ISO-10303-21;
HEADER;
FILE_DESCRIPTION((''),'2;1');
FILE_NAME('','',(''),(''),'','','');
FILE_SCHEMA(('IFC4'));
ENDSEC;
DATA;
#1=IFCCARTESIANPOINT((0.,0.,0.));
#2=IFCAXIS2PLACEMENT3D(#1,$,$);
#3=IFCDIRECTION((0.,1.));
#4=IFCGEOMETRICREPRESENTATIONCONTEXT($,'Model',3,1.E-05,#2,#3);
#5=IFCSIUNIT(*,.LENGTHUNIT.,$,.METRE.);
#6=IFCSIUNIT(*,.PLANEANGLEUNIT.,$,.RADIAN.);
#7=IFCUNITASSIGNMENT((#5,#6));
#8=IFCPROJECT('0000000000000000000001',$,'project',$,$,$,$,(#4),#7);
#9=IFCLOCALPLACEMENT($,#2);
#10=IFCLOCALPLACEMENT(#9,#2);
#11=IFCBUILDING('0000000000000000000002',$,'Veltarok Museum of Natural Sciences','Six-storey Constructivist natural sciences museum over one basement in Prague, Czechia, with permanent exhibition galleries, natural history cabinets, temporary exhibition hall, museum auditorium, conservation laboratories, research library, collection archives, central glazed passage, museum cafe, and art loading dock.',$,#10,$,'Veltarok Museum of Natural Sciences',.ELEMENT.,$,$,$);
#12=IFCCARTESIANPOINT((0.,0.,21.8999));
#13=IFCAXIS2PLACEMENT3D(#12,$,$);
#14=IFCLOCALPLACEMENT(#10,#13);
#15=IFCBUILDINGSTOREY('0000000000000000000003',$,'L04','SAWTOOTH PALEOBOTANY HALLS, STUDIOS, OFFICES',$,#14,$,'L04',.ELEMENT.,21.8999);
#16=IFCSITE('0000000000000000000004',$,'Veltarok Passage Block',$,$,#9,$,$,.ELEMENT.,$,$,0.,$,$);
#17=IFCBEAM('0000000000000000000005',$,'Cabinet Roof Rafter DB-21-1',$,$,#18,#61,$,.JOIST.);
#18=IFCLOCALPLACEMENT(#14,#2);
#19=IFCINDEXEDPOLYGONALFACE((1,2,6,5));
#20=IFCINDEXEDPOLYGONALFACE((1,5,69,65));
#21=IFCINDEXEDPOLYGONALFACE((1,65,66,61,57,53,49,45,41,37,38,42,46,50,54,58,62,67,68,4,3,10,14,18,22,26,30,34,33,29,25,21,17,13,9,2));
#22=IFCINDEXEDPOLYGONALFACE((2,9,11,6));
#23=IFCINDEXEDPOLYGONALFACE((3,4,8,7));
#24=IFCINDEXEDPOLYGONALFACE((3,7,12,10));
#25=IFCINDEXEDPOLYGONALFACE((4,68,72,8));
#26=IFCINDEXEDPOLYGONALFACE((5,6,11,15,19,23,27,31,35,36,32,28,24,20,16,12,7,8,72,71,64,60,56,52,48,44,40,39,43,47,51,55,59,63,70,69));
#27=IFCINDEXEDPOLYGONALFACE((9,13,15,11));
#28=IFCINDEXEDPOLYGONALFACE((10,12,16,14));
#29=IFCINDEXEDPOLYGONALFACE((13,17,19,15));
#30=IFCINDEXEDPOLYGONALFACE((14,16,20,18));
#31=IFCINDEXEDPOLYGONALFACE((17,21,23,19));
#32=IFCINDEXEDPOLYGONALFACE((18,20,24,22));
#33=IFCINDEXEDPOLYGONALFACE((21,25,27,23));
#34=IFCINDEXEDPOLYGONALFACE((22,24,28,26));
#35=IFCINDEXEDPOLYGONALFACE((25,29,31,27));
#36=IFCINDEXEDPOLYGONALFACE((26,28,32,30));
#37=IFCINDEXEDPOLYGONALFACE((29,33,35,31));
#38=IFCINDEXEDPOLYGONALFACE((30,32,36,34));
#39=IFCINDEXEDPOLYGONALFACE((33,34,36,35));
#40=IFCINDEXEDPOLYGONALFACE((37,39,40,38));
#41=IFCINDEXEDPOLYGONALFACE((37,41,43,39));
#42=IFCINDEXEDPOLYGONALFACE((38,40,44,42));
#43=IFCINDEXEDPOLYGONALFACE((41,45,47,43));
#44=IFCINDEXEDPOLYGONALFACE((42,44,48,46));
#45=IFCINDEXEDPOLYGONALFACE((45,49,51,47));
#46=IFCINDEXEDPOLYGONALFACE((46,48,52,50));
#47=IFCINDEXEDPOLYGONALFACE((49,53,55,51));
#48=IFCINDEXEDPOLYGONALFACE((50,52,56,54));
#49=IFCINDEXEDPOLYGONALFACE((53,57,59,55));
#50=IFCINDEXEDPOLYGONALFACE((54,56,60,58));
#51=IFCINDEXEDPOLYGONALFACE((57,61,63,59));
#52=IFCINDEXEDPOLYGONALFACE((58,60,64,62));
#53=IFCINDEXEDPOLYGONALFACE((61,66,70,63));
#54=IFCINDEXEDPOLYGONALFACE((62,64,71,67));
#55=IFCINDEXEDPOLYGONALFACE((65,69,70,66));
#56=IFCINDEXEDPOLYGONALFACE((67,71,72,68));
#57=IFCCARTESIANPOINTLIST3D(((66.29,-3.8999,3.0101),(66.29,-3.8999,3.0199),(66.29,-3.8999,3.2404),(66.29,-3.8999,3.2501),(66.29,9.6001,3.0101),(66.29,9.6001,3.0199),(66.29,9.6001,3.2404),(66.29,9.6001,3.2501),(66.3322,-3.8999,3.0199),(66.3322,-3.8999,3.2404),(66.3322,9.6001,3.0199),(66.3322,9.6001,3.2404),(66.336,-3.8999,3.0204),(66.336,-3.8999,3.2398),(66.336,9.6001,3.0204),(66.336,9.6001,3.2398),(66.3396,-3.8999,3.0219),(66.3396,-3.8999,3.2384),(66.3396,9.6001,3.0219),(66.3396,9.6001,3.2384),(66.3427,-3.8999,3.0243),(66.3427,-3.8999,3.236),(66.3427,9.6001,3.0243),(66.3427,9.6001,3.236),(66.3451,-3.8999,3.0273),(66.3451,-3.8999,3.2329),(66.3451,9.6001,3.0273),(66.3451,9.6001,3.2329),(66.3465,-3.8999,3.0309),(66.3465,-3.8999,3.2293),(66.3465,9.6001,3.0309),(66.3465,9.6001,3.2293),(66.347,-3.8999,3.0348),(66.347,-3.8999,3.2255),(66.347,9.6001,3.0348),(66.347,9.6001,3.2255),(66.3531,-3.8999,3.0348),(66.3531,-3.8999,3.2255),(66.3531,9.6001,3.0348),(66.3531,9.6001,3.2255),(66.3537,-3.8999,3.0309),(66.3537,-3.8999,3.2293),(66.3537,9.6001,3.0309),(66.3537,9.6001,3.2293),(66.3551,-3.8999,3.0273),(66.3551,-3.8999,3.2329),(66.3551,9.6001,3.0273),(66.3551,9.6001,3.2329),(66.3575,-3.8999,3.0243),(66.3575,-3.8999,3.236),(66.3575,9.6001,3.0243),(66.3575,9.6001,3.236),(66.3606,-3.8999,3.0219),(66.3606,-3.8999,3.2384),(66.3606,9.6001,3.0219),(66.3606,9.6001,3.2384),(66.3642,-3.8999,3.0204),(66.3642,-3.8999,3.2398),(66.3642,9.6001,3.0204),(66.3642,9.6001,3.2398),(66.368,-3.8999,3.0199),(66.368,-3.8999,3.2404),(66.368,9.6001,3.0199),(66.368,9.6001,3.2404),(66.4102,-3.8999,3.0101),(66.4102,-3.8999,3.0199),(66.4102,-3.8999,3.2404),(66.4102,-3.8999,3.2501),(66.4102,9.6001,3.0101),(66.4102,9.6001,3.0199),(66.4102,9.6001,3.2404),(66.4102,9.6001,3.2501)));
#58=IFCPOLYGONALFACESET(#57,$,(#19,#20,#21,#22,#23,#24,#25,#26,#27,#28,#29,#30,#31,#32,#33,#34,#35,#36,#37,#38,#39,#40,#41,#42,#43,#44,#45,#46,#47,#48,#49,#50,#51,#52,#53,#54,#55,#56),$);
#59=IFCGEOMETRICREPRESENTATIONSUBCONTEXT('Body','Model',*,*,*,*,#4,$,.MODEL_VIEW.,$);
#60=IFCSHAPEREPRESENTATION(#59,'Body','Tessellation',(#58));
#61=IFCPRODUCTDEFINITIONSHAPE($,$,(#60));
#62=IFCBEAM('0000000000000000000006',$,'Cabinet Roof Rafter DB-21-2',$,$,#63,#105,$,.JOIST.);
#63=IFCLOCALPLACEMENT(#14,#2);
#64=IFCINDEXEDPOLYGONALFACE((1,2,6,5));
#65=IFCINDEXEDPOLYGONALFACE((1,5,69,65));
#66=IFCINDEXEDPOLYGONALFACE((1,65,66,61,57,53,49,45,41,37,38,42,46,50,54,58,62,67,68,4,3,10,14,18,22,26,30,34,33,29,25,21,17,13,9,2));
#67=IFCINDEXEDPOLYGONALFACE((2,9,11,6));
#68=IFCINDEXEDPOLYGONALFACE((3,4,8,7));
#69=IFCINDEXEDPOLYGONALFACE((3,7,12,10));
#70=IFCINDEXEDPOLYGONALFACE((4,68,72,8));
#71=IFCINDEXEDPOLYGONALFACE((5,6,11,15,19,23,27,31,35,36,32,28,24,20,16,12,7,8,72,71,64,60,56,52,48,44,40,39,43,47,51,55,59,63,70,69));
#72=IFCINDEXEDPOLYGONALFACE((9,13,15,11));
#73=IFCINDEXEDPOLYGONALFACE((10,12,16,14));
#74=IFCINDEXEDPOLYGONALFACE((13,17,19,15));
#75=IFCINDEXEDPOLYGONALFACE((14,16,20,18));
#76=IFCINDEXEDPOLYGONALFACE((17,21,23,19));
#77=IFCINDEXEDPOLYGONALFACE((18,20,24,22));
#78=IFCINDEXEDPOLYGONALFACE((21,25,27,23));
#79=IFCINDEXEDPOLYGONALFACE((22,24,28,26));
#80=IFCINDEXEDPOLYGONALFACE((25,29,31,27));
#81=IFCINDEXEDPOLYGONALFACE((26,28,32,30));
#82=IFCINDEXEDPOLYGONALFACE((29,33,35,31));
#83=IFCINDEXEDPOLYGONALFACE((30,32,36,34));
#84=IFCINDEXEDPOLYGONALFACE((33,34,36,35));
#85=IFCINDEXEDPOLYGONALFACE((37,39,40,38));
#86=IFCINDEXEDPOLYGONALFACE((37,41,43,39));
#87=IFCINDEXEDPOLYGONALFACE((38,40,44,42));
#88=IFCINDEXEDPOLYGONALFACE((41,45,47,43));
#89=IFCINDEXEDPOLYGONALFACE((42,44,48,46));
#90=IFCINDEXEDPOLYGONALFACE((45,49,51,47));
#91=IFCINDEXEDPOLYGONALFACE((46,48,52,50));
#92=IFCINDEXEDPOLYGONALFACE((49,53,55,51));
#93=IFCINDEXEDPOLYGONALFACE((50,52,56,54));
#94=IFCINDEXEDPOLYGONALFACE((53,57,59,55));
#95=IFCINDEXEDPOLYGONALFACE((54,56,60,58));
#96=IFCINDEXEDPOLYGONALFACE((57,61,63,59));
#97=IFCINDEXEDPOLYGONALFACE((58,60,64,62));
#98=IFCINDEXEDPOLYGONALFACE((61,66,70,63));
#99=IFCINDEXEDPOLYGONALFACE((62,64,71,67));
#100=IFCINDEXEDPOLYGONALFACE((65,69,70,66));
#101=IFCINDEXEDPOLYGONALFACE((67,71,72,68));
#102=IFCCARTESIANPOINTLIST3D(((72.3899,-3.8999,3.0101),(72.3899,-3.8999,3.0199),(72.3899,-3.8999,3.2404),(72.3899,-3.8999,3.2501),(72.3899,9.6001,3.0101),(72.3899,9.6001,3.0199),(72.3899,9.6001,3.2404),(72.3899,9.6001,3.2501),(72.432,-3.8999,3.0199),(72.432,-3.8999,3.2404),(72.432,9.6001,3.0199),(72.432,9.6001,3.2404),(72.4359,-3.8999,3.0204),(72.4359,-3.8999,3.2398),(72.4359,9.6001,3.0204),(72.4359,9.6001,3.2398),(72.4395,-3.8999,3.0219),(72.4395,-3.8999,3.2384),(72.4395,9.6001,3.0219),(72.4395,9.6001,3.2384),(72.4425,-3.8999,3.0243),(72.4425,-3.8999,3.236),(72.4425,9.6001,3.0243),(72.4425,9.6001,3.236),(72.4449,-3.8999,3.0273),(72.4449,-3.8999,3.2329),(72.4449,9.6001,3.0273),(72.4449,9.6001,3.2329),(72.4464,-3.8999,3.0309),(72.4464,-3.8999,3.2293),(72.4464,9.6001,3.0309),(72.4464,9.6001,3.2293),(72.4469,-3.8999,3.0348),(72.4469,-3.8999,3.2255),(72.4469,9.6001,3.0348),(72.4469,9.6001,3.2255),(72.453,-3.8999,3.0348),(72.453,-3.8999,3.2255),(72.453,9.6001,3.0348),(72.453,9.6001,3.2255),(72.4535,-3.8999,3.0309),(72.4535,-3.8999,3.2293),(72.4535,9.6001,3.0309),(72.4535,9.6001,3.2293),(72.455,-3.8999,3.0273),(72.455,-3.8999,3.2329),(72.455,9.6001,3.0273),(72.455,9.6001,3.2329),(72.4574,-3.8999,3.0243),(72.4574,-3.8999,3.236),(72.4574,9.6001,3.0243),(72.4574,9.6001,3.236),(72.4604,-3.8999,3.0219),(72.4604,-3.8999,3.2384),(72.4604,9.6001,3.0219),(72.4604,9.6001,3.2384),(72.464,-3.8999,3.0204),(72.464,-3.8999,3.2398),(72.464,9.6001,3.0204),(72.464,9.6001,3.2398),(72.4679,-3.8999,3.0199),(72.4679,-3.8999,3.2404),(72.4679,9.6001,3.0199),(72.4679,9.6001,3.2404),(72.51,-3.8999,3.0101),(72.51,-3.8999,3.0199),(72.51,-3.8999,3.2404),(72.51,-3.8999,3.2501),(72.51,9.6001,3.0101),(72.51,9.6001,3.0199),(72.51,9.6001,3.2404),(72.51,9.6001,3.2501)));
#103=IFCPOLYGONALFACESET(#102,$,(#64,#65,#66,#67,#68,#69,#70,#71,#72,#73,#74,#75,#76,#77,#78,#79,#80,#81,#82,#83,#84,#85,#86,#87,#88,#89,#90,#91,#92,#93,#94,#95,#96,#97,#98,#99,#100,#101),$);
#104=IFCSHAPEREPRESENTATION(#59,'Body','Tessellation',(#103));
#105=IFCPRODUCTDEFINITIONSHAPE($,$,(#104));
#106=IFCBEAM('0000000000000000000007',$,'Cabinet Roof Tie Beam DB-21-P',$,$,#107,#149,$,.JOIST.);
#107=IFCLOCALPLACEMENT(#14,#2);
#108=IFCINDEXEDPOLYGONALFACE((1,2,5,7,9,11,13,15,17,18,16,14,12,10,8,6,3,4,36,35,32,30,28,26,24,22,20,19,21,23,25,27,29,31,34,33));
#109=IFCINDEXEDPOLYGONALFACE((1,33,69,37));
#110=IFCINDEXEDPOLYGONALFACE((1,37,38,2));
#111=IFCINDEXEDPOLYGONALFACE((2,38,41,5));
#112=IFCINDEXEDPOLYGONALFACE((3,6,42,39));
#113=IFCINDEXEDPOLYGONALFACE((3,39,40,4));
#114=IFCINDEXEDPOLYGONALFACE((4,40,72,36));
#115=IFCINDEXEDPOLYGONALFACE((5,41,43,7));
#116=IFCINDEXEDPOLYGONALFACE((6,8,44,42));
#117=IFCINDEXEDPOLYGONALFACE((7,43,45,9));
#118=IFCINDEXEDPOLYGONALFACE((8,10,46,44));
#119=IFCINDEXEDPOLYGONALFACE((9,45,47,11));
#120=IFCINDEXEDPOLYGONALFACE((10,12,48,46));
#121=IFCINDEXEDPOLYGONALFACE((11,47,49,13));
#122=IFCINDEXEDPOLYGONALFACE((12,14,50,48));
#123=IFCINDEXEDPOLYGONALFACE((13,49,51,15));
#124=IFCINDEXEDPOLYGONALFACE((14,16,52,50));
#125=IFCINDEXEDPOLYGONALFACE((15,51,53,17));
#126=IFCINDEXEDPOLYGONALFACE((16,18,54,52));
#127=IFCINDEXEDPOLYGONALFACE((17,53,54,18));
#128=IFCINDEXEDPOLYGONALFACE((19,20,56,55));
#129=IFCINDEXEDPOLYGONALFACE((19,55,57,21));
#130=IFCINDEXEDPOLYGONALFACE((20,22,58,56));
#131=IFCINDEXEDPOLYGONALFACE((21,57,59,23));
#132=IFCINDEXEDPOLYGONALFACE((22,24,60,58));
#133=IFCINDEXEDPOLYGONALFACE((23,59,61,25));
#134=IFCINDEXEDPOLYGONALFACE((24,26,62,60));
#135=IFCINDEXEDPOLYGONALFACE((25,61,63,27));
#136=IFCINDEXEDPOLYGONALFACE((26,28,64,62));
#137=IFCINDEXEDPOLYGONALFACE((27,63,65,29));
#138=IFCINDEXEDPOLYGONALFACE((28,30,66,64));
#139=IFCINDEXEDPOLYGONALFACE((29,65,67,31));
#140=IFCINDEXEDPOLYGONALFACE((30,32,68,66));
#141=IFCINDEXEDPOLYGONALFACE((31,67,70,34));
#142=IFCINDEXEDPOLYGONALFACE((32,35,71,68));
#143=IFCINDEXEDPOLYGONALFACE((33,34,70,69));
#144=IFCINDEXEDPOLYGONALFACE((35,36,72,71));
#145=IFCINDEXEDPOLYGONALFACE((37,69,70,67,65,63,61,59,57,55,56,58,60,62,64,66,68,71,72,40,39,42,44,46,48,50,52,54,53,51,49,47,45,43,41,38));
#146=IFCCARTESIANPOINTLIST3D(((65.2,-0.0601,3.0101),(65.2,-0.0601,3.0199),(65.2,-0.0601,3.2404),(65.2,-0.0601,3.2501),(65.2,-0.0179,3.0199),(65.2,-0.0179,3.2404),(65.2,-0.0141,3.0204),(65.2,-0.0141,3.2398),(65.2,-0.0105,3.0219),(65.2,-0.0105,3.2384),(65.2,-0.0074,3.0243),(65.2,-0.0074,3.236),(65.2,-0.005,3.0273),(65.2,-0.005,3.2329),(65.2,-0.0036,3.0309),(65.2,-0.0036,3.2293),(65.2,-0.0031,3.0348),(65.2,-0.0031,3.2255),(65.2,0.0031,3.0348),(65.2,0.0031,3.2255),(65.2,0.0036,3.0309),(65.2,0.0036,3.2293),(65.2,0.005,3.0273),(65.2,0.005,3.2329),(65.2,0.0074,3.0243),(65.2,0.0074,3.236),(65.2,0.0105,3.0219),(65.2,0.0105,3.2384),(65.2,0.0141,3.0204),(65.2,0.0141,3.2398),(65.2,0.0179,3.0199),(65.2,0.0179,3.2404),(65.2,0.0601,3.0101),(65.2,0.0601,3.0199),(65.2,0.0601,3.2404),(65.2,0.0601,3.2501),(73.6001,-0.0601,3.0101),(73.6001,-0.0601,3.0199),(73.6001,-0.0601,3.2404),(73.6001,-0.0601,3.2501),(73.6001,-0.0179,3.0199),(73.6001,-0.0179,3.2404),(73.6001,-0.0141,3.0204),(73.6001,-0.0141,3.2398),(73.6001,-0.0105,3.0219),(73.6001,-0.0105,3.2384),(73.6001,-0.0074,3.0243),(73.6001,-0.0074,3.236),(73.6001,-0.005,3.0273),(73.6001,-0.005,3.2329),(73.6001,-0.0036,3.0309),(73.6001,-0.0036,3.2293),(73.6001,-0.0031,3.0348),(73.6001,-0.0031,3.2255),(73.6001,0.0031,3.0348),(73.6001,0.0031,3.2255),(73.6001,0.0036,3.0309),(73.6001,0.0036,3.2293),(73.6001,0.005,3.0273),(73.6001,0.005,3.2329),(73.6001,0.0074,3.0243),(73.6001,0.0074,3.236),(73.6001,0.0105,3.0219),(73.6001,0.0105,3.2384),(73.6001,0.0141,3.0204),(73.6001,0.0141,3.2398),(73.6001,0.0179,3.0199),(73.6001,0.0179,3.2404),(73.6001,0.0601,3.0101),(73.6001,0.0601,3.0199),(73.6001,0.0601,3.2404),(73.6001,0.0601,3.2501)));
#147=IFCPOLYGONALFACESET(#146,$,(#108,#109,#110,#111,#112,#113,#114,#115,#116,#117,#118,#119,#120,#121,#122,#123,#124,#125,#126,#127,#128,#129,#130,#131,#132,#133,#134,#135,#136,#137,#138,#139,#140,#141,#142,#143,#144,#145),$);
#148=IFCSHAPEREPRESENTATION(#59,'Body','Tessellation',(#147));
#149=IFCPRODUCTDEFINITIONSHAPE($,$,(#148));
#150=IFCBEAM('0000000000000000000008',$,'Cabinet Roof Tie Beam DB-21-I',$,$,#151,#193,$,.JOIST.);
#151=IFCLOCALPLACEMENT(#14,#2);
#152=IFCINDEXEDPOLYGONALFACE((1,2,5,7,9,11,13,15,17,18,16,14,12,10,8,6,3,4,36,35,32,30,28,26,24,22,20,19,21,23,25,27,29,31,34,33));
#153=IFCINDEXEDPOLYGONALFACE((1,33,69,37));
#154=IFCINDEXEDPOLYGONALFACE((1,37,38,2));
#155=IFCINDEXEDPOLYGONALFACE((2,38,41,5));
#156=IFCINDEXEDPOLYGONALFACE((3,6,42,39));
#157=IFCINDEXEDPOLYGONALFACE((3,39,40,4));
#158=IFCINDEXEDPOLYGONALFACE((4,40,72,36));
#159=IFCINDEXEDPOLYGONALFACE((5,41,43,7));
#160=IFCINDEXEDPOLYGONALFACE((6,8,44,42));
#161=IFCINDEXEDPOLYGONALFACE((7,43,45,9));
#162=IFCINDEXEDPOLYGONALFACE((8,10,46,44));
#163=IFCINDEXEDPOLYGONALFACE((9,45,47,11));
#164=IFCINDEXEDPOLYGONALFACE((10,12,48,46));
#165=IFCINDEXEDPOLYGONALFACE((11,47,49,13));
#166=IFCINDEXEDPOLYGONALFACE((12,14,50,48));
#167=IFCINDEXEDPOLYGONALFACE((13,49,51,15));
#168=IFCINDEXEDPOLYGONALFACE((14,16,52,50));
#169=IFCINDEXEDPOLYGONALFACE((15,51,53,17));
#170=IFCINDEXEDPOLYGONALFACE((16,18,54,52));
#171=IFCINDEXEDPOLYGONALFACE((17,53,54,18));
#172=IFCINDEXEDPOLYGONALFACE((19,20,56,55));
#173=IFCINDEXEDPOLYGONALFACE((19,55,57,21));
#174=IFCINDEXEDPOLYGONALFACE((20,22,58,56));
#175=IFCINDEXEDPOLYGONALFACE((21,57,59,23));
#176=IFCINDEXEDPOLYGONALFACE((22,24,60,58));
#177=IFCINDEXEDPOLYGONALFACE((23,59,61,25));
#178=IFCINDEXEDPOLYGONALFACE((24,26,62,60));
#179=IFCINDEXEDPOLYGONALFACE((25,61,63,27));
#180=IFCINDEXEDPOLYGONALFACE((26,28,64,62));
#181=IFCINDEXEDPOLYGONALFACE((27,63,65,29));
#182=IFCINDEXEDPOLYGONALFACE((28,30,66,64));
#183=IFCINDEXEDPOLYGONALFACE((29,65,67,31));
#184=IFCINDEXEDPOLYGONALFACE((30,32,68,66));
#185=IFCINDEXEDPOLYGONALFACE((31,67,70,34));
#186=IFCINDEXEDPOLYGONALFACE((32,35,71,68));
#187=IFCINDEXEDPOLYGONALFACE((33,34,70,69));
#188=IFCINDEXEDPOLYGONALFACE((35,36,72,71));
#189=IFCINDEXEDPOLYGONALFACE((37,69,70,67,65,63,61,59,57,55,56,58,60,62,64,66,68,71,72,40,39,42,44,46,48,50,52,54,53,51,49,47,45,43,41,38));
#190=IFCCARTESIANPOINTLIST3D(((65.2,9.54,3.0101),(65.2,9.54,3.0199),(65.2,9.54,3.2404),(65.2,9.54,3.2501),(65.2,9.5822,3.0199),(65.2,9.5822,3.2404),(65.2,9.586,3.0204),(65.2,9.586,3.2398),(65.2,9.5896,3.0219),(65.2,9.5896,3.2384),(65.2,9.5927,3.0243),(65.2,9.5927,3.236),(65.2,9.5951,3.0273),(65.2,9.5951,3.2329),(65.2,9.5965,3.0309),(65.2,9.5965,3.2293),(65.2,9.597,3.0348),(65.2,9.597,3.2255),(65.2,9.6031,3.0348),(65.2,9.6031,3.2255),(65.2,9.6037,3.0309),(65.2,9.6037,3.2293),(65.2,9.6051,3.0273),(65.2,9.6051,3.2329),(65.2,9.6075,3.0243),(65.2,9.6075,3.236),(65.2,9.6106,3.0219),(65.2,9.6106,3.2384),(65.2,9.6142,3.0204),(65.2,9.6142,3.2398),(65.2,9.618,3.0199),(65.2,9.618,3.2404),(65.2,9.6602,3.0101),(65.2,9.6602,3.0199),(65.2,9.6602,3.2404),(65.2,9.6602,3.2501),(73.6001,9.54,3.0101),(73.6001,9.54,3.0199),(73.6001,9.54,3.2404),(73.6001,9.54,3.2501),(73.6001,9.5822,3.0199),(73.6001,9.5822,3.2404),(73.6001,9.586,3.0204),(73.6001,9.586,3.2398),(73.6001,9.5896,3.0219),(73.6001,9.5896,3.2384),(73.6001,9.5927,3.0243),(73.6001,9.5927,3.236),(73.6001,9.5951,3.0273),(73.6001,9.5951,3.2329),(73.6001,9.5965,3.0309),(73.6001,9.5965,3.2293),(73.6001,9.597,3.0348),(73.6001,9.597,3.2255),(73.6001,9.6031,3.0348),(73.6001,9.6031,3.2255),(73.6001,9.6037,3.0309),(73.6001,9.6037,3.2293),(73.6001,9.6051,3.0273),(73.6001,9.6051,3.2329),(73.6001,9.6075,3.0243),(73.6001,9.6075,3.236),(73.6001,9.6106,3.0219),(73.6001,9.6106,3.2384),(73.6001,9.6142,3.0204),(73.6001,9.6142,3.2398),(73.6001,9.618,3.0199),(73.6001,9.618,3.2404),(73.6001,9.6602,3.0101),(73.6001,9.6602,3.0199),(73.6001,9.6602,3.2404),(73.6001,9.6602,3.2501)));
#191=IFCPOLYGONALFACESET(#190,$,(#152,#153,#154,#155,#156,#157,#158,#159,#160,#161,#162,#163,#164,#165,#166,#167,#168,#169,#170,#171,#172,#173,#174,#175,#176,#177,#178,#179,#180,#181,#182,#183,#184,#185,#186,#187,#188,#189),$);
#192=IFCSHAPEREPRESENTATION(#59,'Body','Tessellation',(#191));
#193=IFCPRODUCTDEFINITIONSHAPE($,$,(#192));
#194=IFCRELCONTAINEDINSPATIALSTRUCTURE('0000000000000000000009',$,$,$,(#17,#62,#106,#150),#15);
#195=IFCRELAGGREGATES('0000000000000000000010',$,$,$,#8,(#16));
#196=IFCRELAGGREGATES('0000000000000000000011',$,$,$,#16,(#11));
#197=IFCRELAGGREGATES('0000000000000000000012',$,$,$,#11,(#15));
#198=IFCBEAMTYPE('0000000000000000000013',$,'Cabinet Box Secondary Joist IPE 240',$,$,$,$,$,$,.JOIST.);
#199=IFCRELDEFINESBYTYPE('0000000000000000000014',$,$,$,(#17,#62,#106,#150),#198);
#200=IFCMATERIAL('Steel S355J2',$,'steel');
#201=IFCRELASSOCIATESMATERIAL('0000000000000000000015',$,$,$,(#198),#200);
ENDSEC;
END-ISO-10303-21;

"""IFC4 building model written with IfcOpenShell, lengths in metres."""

from ifc_helpers import new_model, si_unit, direction, frame, origin, origin_2d, place, context, subcontext, project, spatial, i_section, extrude, material, material_profile, profile_set, type_object, element, save


model = new_model("IFC4")

# Units and contexts
model_context = context("Model", 3, precision=1e-05, world=origin(), true_north=direction((0.0, 1.0)))
body_context = subcontext(model_context, "Body", "Model", "MODEL_VIEW")
ifc_project = project(units=[si_unit("LENGTHUNIT", "METRE"), si_unit("PLANEANGLEUNIT", "RADIAN")], contexts=[model_context])

# Site, building, storey
site_placement = place(None, origin())
site = spatial("IfcSite", under=ifc_project, at=site_placement, Name="Veltarok Passage Block", CompositionType="ELEMENT", RefElevation=0.0)
building_placement = place(site_placement, origin())
building = spatial("IfcBuilding", under=site, at=building_placement, Name="Veltarok Museum of Natural Sciences", Description="Six-storey Constructivist natural sciences museum over one basement in Prague, Czechia, with permanent exhibition galleries, natural history cabinets, temporary exhibition hall, museum auditorium, conservation laboratories, research library, collection archives, central glazed passage, museum cafe, and art loading dock.", LongName="Veltarok Museum of Natural Sciences", CompositionType="ELEMENT")
storey_placement = place(building_placement, frame((0.0, 0.0, 21.8999)))
storey = spatial("IfcBuildingStorey", under=building, at=storey_placement, Name="L04", Description="SAWTOOTH PALEOBOTANY HALLS, STUDIOS, OFFICES", LongName="L04", CompositionType="ELEMENT", Elevation=21.8999)

# Shared definitions
ifc_material_1 = material(Name="Steel S355J2", Category="steel")

# Beams
ifc_material_profile_1 = material_profile(ifc_material_1, i_section(OverallWidth=0.1201, OverallDepth=0.24, WebThickness=0.0061, FlangeThickness=0.0098, FilletRadius=0.0149, at=origin_2d()), Name="IPE 240")
ifc_profile_set_1 = profile_set([ifc_material_profile_1], Name="Steel S355J2")
beam_type_1 = type_object("IfcBeamType", Name="Cabinet Box Secondary Joist IPE 240", PredefinedType="JOIST", material=ifc_profile_set_1)
for number, where, z_axis, x_axis, name in (
    (1, (66.3501, -3.8999, 3.1301), (0.0, 1.0, 0.0), (-1.0, 0.0, 0.0), "Cabinet Roof Rafter DB-21-1"),
    (2, (72.45, -3.8999, 3.1301), (0.0, 1.0, 0.0), (-1.0, 0.0, 0.0), "Cabinet Roof Rafter DB-21-2"),
):
    element("IfcBeam", number, at=place(storey_placement, frame(where, z_axis=z_axis, x_axis=x_axis)), inside=storey, type_object=beam_type_1, Name=name, PredefinedType="JOIST", context=body_context, shape_type="SweptSolid", body=[
        extrude(i_section(OverallWidth=0.1201, OverallDepth=0.24, WebThickness=0.0061, FlangeThickness=0.0098, FilletRadius=0.0149, at=origin_2d()), origin(), (0.0, 0.0, 1.0), 13.5),
    ])
for number, where, z_axis, x_axis, name in (
    (3, (65.2, 0.0, 3.1301), (1.0, 0.0, 0.0), (0.0, 1.0, 0.0), "Cabinet Roof Tie Beam DB-21-P"),
    (4, (65.2, 9.6001, 3.1301), (1.0, 0.0, 0.0), (0.0, 1.0, 0.0), "Cabinet Roof Tie Beam DB-21-I"),
):
    element("IfcBeam", number, at=place(storey_placement, frame(where, z_axis=z_axis, x_axis=x_axis)), inside=storey, type_object=beam_type_1, Name=name, PredefinedType="JOIST", context=body_context, shape_type="SweptSolid", body=[
        extrude(i_section(OverallWidth=0.1201, OverallDepth=0.24, WebThickness=0.0061, FlangeThickness=0.0098, FilletRadius=0.0149, at=origin_2d()), origin(), (0.0, 0.0, 1.0), 8.4001),
    ])

save(model, "model.ifc")
